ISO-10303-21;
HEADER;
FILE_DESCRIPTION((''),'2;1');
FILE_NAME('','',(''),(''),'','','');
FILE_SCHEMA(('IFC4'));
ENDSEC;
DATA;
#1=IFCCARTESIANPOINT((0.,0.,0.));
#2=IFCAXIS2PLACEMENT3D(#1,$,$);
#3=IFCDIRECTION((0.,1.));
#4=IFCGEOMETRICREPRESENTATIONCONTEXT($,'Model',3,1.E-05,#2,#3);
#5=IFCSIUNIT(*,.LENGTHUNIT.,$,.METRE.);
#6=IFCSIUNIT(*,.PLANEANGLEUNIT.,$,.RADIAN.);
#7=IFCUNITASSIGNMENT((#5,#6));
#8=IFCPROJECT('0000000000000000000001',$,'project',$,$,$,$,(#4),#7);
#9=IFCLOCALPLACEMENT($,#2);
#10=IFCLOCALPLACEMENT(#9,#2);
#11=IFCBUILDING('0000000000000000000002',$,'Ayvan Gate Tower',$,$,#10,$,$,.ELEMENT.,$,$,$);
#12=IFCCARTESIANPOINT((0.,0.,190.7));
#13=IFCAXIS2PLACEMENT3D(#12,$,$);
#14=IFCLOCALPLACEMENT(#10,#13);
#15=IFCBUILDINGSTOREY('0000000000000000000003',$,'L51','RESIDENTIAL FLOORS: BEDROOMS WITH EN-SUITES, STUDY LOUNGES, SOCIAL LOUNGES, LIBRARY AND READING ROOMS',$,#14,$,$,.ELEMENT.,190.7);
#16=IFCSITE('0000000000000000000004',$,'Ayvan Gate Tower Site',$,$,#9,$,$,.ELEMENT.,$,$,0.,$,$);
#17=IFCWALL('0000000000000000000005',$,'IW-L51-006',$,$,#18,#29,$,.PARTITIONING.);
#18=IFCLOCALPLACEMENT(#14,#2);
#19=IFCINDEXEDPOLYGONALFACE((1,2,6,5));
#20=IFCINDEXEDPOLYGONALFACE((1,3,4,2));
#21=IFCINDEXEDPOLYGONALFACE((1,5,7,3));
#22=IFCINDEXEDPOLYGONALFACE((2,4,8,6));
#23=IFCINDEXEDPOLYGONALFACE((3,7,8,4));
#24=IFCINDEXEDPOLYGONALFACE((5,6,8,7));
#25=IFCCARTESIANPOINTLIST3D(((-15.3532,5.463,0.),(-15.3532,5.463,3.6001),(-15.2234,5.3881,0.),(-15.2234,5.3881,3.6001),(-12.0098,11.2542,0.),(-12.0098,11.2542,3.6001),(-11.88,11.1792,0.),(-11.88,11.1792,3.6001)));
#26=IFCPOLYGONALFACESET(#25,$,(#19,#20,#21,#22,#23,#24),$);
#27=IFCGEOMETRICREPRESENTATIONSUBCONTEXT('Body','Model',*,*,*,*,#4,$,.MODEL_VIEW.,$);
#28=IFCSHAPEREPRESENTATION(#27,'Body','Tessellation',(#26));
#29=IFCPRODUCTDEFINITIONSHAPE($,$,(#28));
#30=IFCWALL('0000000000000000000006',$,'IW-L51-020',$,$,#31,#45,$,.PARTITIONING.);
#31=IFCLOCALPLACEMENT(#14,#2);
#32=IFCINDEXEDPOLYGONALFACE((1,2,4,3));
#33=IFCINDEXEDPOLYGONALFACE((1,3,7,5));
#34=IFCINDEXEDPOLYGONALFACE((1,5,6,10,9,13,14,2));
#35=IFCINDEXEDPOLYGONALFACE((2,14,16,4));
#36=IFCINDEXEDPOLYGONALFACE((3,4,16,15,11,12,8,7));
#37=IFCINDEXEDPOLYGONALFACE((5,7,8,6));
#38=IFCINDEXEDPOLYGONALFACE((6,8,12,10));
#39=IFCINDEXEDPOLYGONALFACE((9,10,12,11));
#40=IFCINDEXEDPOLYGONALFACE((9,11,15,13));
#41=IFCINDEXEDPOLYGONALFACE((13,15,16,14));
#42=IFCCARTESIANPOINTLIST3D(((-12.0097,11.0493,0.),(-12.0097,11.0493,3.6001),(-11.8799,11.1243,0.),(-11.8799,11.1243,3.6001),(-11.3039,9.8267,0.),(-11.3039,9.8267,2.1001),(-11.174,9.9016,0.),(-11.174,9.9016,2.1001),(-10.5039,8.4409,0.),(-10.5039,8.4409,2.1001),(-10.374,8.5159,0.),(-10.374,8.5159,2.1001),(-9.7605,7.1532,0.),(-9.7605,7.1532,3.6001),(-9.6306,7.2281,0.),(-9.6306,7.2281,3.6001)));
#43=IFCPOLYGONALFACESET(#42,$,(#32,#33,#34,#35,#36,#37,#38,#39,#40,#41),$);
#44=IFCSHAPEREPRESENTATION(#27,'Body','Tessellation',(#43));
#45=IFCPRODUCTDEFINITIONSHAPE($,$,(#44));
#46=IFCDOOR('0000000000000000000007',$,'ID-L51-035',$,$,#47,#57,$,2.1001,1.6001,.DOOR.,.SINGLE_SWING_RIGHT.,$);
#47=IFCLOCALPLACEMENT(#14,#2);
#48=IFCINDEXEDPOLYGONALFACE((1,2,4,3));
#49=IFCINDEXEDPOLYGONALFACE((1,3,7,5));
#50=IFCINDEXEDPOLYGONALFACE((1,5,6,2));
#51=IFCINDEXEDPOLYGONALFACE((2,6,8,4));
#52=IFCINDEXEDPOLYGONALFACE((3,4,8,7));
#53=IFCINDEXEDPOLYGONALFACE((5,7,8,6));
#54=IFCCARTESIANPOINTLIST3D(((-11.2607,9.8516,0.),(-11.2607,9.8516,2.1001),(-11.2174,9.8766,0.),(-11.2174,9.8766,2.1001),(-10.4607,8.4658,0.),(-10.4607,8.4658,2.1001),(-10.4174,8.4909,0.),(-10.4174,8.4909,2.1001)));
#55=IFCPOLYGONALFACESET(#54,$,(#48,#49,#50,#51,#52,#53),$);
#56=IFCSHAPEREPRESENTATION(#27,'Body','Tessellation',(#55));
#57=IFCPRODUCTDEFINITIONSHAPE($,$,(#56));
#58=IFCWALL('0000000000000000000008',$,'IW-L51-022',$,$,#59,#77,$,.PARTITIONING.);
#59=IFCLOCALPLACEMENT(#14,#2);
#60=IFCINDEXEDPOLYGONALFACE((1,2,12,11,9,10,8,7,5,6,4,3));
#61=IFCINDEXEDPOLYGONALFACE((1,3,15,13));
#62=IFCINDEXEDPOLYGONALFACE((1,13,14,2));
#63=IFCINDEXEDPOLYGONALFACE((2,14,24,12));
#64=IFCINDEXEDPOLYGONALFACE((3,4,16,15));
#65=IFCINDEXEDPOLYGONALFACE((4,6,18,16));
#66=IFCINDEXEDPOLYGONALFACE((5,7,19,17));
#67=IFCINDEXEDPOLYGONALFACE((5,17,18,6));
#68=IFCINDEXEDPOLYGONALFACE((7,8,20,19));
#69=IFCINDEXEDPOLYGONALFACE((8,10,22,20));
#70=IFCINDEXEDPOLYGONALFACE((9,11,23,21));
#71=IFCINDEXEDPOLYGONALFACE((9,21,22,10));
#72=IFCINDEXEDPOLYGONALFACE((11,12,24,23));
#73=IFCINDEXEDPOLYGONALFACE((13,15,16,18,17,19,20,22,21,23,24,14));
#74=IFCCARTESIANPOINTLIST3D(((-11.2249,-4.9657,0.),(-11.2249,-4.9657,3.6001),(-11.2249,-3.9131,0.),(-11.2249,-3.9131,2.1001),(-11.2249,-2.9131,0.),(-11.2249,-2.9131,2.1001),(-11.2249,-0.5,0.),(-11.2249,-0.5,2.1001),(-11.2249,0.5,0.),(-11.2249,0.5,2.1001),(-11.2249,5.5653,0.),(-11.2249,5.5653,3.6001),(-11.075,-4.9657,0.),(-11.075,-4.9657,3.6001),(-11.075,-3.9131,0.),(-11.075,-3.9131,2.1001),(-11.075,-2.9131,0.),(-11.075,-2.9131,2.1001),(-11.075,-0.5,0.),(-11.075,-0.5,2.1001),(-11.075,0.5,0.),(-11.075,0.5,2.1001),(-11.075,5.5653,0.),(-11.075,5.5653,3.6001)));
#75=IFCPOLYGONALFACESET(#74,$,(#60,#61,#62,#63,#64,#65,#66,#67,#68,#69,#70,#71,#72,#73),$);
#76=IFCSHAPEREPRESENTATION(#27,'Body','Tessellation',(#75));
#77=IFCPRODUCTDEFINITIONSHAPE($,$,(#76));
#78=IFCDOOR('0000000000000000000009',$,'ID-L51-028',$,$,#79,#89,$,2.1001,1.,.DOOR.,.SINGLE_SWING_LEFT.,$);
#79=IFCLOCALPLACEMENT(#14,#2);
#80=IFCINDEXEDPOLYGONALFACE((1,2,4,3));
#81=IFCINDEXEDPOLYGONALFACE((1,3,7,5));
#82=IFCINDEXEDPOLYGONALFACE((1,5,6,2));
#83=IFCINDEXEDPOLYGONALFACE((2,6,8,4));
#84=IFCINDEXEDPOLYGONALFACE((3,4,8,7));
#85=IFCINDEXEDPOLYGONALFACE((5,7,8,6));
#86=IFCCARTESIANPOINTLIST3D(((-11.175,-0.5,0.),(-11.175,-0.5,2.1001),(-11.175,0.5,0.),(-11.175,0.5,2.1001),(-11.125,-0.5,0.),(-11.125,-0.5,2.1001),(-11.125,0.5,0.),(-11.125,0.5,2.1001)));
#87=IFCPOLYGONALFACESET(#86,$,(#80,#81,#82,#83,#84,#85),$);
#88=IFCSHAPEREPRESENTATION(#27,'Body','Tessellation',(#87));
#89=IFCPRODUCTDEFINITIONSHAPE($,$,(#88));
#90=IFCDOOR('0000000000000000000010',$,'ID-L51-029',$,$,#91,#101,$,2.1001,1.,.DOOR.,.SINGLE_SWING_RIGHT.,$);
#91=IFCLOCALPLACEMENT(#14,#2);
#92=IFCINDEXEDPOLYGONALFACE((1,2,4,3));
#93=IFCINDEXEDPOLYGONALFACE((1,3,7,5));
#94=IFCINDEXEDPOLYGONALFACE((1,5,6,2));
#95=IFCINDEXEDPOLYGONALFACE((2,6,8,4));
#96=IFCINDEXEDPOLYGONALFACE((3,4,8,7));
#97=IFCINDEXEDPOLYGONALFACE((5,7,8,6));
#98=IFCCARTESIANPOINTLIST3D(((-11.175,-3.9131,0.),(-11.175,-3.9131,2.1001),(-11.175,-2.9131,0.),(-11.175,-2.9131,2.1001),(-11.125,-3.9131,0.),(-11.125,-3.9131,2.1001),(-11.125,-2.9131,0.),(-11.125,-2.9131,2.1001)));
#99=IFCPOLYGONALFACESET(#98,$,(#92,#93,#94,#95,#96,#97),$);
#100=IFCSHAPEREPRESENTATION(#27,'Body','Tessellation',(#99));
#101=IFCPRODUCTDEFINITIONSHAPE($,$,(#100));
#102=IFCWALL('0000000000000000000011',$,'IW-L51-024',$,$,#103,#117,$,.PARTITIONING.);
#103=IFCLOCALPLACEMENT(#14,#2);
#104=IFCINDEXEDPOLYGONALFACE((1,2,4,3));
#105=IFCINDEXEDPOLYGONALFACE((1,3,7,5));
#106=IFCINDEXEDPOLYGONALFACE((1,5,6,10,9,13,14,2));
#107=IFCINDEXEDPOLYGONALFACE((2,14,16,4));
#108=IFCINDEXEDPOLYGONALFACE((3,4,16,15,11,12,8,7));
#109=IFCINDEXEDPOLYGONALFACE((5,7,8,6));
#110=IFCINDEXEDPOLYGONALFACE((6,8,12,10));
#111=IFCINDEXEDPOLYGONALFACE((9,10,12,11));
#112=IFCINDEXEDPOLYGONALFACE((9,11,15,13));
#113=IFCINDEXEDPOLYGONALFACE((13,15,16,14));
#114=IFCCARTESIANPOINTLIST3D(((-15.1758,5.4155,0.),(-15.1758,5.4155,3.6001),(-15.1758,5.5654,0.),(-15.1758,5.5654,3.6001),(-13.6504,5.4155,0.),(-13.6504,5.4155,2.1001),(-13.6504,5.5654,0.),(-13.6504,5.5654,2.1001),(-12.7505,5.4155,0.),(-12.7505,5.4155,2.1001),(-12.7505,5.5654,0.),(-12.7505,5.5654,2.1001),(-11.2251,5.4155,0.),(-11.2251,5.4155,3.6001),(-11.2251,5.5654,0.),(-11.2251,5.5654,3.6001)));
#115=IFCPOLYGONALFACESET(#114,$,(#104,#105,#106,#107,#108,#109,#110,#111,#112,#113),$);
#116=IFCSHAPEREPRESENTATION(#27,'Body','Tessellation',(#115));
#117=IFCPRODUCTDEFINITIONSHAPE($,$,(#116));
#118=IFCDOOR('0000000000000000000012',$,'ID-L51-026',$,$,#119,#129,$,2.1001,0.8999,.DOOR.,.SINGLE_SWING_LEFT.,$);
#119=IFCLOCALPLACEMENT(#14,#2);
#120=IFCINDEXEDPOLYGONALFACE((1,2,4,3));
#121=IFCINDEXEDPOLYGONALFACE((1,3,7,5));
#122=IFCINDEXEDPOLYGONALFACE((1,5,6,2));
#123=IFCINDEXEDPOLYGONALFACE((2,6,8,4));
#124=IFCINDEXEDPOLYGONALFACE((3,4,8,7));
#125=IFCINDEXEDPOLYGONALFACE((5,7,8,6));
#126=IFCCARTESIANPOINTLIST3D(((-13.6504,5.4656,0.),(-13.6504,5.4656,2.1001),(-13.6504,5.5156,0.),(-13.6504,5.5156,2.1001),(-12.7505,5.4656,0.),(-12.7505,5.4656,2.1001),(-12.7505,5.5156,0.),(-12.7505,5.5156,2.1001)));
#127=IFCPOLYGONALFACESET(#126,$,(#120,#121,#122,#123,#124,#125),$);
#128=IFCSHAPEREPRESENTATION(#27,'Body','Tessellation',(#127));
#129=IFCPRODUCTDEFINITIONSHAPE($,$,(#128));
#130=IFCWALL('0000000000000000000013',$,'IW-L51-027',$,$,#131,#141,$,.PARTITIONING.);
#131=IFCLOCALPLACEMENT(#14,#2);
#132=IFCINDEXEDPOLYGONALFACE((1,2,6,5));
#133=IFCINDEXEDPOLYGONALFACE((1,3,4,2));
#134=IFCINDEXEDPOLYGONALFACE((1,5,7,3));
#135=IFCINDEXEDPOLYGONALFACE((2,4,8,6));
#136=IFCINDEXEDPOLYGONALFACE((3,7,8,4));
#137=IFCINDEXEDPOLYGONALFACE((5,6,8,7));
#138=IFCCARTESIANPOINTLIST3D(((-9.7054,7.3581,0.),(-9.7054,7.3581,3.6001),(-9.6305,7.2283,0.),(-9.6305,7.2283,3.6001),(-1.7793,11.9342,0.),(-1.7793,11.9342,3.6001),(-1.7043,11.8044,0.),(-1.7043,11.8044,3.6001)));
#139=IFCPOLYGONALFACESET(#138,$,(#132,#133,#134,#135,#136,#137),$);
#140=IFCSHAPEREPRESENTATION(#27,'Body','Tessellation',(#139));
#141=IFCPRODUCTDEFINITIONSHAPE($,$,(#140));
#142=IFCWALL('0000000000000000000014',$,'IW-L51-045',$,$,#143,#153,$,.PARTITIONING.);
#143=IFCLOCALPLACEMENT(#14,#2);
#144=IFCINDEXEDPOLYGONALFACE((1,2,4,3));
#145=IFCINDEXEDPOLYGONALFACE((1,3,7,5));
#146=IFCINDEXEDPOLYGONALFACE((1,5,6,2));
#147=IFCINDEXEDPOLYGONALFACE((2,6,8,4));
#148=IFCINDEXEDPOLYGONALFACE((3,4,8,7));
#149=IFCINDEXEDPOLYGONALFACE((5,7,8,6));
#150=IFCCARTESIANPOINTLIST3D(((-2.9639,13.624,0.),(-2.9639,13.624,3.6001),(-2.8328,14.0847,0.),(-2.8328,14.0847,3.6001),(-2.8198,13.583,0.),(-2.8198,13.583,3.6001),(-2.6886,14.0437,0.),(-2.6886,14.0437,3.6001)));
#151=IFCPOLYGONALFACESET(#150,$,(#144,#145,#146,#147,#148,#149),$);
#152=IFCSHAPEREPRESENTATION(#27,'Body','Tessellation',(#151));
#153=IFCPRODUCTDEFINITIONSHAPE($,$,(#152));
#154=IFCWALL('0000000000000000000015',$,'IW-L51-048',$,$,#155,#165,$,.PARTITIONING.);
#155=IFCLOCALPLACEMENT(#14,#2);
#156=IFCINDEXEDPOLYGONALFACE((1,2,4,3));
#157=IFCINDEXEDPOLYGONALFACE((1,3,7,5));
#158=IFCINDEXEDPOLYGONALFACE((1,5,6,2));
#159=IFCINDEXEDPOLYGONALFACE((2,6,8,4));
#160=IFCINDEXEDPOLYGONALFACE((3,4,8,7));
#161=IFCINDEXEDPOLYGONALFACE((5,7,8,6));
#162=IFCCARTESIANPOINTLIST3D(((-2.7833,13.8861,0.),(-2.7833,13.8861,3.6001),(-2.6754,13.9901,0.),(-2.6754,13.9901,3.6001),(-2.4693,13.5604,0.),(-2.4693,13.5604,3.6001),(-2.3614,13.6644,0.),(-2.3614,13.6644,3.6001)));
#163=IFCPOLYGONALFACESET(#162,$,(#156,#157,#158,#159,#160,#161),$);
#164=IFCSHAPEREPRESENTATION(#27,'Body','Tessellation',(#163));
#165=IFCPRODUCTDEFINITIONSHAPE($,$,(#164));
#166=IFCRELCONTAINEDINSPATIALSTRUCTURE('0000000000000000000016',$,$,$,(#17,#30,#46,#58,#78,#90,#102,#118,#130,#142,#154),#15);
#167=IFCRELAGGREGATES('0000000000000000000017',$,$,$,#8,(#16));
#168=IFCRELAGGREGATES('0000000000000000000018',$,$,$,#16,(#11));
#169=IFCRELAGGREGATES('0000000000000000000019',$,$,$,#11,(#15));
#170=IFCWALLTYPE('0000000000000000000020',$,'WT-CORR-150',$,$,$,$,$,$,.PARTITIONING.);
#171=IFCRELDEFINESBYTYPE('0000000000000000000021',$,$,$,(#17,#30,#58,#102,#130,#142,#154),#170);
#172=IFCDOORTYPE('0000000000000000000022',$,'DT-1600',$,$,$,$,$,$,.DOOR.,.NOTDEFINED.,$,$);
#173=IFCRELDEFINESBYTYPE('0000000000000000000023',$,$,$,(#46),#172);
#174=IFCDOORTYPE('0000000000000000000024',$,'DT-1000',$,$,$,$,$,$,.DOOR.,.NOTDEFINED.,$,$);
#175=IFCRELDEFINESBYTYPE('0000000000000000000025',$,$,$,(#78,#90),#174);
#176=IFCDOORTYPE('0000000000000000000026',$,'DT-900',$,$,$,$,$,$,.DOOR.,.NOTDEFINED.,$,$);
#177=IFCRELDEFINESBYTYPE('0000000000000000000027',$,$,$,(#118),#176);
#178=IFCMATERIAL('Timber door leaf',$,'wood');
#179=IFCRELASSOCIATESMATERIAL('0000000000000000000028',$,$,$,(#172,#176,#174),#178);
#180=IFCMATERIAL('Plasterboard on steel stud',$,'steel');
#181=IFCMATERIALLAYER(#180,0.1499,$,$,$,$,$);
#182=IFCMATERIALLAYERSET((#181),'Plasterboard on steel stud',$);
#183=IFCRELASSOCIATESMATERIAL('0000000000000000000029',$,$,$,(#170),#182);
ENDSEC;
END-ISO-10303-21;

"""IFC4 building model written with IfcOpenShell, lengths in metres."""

from ifc_helpers import new_model, si_unit, direction, frame, frame_2d, origin, place, context, subcontext, project, spatial, rectangle, extrude, material, layer, layer_set, type_object, element, fill, save


model = new_model("IFC4")

# Units and contexts
model_context = context("Model", 3, precision=1e-05, world=origin(), true_north=direction((0.0, 1.0)))
body_context = subcontext(model_context, "Body", "Model", "MODEL_VIEW")
ifc_project = project(units=[si_unit("LENGTHUNIT", "METRE"), si_unit("PLANEANGLEUNIT", "RADIAN")], contexts=[model_context])

# Site, building, storey
site_placement = place(None, origin())
site = spatial("IfcSite", under=ifc_project, at=site_placement, Name="Ayvan Gate Tower Site", CompositionType="ELEMENT", RefElevation=0.0)
building_placement = place(site_placement, origin())
building = spatial("IfcBuilding", under=site, at=building_placement, Name="Ayvan Gate Tower", CompositionType="ELEMENT")
storey_placement = place(building_placement, frame((0.0, 0.0, 190.7)))
storey = spatial("IfcBuildingStorey", under=building, at=storey_placement, Name="L51", Description="RESIDENTIAL FLOORS: BEDROOMS WITH EN-SUITES, STUDY LOUNGES, SOCIAL LOUNGES, LIBRARY AND READING ROOMS", CompositionType="ELEMENT", Elevation=190.7)

# Shared definitions
ifc_material_1 = material(Name="Timber door leaf", Category="wood")
door_type_1 = type_object("IfcDoorType", Name="DT-1600", OperationType="NOTDEFINED", PredefinedType="DOOR", material=ifc_material_1)
door_type_2 = type_object("IfcDoorType", Name="DT-900", OperationType="NOTDEFINED", PredefinedType="DOOR", material=ifc_material_1)

# Wall
ifc_material_2 = material(Name="Plasterboard on steel stud", Category="steel")
ifc_layer_1 = layer(ifc_material_2, 0.1499)
ifc_layer_set_1 = layer_set([ifc_layer_1], Name="Plasterboard on steel stud")
wall_type_1 = type_object("IfcWallType", Name="WT-CORR-150", PredefinedType="PARTITIONING", material=ifc_layer_set_1)
wall_1_placement = place(storey_placement, frame((-15.2883, 5.4255, 0.0), z_axis=(0.0, 0.0, 1.0), x_axis=(0.499991, 0.866031, 0.0)))
element("IfcWall", 1, at=wall_1_placement, inside=storey, type_object=wall_type_1, Name="IW-L51-006", PredefinedType="PARTITIONING", context=body_context, shape_type="SweptSolid", body=[
    extrude(rectangle(XDim=6.687, YDim=0.1499, at=frame_2d((3.3435, 0.0))), origin(), (0.0, 0.0, 1.0), 3.6001),
])

# Wall, opening, door
wall_2_placement = place(storey_placement, frame((-11.9448, 11.0869, 0.0), z_axis=(0.0, 0.0, 1.0), x_axis=(0.499962, -0.866047, 0.0)))
wall_2 = element("IfcWall", 2, at=wall_2_placement, inside=storey, type_object=wall_type_1, Name="IW-L51-020", PredefinedType="PARTITIONING", context=body_context, shape_type="SweptSolid", body=[
    extrude(rectangle(XDim=4.4988, YDim=0.1499, at=frame_2d((2.2495, 0.0))), origin(), (0.0, 0.0, 1.0), 3.6001),
])
opening_1_placement = place(wall_2_placement, frame((1.4119, 0.0, 0.0)))
opening_1 = element("IfcOpeningElement", 3, at=opening_1_placement, cuts=wall_2, PredefinedType="OPENING", context=body_context, shape_type="SweptSolid", body=[
    extrude(rectangle(XDim=1.6001, YDim=2.1001, at=frame_2d((0.8, 1.05))), frame((0.0, 0.085, 0.0), z_axis=(0.0, -1.0, 0.0), x_axis=(1.0, 0.0, 0.0)), (0.0, 0.0, 1.0), 0.1699),
])
door_1_placement = place(opening_1_placement, origin())
door_1 = element("IfcDoor", 4, at=door_1_placement, inside=storey, type_object=door_type_1, Name="ID-L51-035", OperationType="SINGLE_SWING_RIGHT", OverallHeight=2.1001, OverallWidth=1.6001, PredefinedType="DOOR", context=body_context, shape_type="SweptSolid", body=[
    extrude(rectangle(XDim=1.6001, YDim=2.1001, at=frame_2d((0.8, 1.05))), frame((0.0, 0.0249, 0.0), z_axis=(0.0, -1.0, 0.0), x_axis=(1.0, 0.0, 0.0)), (0.0, 0.0, 1.0), 0.05),
])
fill(opening_1, door_1)

# Wall, openings, doors
wall_3_placement = place(storey_placement, frame((-11.1499, 5.5654, 0.0), z_axis=(0.0, 0.0, 1.0), x_axis=(0.0, -1.0, 0.0)))
wall_3 = element("IfcWall", 5, at=wall_3_placement, inside=storey, type_object=wall_type_1, Name="IW-L51-022", PredefinedType="PARTITIONING", context=body_context, shape_type="SweptSolid", body=[
    extrude(rectangle(XDim=10.531, YDim=0.1499, at=frame_2d((5.2656, 0.0))), origin(), (0.0, 0.0, 1.0), 3.6001),
])
opening_2_placement = place(wall_3_placement, frame((5.0654, 0.0, 0.0)))
opening_2 = element("IfcOpeningElement", 6, at=opening_2_placement, cuts=wall_3, PredefinedType="OPENING", context=body_context, shape_type="SweptSolid", body=[
    extrude(rectangle(XDim=1.0, YDim=2.1001, at=frame_2d((0.5, 1.05))), frame((0.0, 0.085, 0.0), z_axis=(0.0, -1.0, 0.0), x_axis=(1.0, 0.0, 0.0)), (0.0, 0.0, 1.0), 0.1699),
])
opening_3_placement = place(wall_3_placement, frame((8.4785, 0.0, 0.0)))
opening_3 = element("IfcOpeningElement", 7, at=opening_3_placement, cuts=wall_3, PredefinedType="OPENING", context=body_context, shape_type="SweptSolid", body=[
    extrude(rectangle(XDim=1.0, YDim=2.1001, at=frame_2d((0.5, 1.05))), frame((0.0, 0.085, 0.0), z_axis=(0.0, -1.0, 0.0), x_axis=(1.0, 0.0, 0.0)), (0.0, 0.0, 1.0), 0.1699),
])
door_type_3 = type_object("IfcDoorType", Name="DT-1000", OperationType="NOTDEFINED", PredefinedType="DOOR", material=ifc_material_1)
door_2_placement = place(opening_2_placement, origin())
door_2 = element("IfcDoor", 8, at=door_2_placement, inside=storey, type_object=door_type_3, Name="ID-L51-028", OperationType="SINGLE_SWING_LEFT", OverallHeight=2.1001, OverallWidth=1.0, PredefinedType="DOOR", context=body_context, shape_type="SweptSolid", body=[
    extrude(rectangle(XDim=1.0, YDim=2.1001, at=frame_2d((0.5, 1.05))), frame((0.0, 0.0249, 0.0), z_axis=(0.0, -1.0, 0.0), x_axis=(1.0, 0.0, 0.0)), (0.0, 0.0, 1.0), 0.05),
])
fill(opening_2, door_2)
door_3_placement = place(opening_3_placement, origin())
door_3 = element("IfcDoor", 9, at=door_3_placement, inside=storey, type_object=door_type_3, Name="ID-L51-029", OperationType="SINGLE_SWING_RIGHT", OverallHeight=2.1001, OverallWidth=1.0, PredefinedType="DOOR", context=body_context, shape_type="SweptSolid", body=[
    extrude(rectangle(XDim=1.0, YDim=2.1001, at=frame_2d((0.5, 1.05))), frame((0.0, 0.0249, 0.0), z_axis=(0.0, -1.0, 0.0), x_axis=(1.0, 0.0, 0.0)), (0.0, 0.0, 1.0), 0.05),
])
fill(opening_3, door_3)

# Wall, opening, door
wall_4_placement = place(storey_placement, frame((-11.2251, 5.4905, 0.0), z_axis=(0.0, 0.0, 1.0), x_axis=(-1.0, 0.0, 0.0)))
wall_4 = element("IfcWall", 10, at=wall_4_placement, inside=storey, type_object=wall_type_1, Name="IW-L51-024", PredefinedType="PARTITIONING", context=body_context, shape_type="SweptSolid", body=[
    extrude(rectangle(XDim=3.9507, YDim=0.1499, at=frame_2d((1.9753, 0.0))), origin(), (0.0, 0.0, 1.0), 3.6001),
])
opening_4_placement = place(wall_4_placement, frame((1.5254, 0.0, 0.0)))
opening_4 = element("IfcOpeningElement", 11, at=opening_4_placement, cuts=wall_4, PredefinedType="OPENING", context=body_context, shape_type="SweptSolid", body=[
    extrude(rectangle(XDim=0.8999, YDim=2.1001, at=frame_2d((0.45, 1.05))), frame((0.0, 0.085, 0.0), z_axis=(0.0, -1.0, 0.0), x_axis=(1.0, 0.0, 0.0)), (0.0, 0.0, 1.0), 0.1699),
])
door_4_placement = place(opening_4_placement, origin())
door_4 = element("IfcDoor", 12, at=door_4_placement, inside=storey, type_object=door_type_2, Name="ID-L51-026", OperationType="SINGLE_SWING_LEFT", OverallHeight=2.1001, OverallWidth=0.8999, PredefinedType="DOOR", context=body_context, shape_type="SweptSolid", body=[
    extrude(rectangle(XDim=0.8999, YDim=2.1001, at=frame_2d((0.45, 1.05))), frame((0.0, 0.0249, 0.0), z_axis=(0.0, -1.0, 0.0), x_axis=(1.0, 0.0, 0.0)), (0.0, 0.0, 1.0), 0.05),
])
fill(opening_4, door_4)

# Walls
wall_5_placement = place(storey_placement, frame((-9.668, 7.2932, 0.0), z_axis=(0.0, 0.0, 1.0), x_axis=(0.866028, 0.499995, 0.0)))
element("IfcWall", 13, at=wall_5_placement, inside=storey, type_object=wall_type_1, Name="IW-L51-027", PredefinedType="PARTITIONING", context=body_context, shape_type="SweptSolid", body=[
    extrude(rectangle(XDim=9.1523, YDim=0.1499, at=frame_2d((4.5762, 0.0))), origin(), (0.0, 0.0, 1.0), 3.6001),
])
wall_6_placement = place(storey_placement, frame((-2.8918, 13.6035, 0.0), z_axis=(0.0, 0.0, 1.0), x_axis=(0.273711, 0.961812, 0.0)))
element("IfcWall", 14, at=wall_6_placement, inside=storey, type_object=wall_type_1, Name="IW-L51-045", PredefinedType="PARTITIONING", context=body_context, shape_type="SweptSolid", body=[
    extrude(rectangle(XDim=0.479, YDim=0.1499, at=frame_2d((0.2395, 0.0))), origin(), (0.0, 0.0, 1.0), 3.6001),
])
wall_7_placement = place(storey_placement, frame((-2.7292, 13.938, 0.0), z_axis=(0.0, 0.0, 1.0), x_axis=(0.694036, -0.719941, 0.0)))
element("IfcWall", 15, at=wall_7_placement, inside=storey, type_object=wall_type_1, Name="IW-L51-048", PredefinedType="PARTITIONING", context=body_context, shape_type="SweptSolid", body=[
    extrude(rectangle(XDim=0.4524, YDim=0.1499, at=frame_2d((0.2261, 0.0))), origin(), (0.0, 0.0, 1.0), 3.6001),
])

save(model, "model.ifc")
